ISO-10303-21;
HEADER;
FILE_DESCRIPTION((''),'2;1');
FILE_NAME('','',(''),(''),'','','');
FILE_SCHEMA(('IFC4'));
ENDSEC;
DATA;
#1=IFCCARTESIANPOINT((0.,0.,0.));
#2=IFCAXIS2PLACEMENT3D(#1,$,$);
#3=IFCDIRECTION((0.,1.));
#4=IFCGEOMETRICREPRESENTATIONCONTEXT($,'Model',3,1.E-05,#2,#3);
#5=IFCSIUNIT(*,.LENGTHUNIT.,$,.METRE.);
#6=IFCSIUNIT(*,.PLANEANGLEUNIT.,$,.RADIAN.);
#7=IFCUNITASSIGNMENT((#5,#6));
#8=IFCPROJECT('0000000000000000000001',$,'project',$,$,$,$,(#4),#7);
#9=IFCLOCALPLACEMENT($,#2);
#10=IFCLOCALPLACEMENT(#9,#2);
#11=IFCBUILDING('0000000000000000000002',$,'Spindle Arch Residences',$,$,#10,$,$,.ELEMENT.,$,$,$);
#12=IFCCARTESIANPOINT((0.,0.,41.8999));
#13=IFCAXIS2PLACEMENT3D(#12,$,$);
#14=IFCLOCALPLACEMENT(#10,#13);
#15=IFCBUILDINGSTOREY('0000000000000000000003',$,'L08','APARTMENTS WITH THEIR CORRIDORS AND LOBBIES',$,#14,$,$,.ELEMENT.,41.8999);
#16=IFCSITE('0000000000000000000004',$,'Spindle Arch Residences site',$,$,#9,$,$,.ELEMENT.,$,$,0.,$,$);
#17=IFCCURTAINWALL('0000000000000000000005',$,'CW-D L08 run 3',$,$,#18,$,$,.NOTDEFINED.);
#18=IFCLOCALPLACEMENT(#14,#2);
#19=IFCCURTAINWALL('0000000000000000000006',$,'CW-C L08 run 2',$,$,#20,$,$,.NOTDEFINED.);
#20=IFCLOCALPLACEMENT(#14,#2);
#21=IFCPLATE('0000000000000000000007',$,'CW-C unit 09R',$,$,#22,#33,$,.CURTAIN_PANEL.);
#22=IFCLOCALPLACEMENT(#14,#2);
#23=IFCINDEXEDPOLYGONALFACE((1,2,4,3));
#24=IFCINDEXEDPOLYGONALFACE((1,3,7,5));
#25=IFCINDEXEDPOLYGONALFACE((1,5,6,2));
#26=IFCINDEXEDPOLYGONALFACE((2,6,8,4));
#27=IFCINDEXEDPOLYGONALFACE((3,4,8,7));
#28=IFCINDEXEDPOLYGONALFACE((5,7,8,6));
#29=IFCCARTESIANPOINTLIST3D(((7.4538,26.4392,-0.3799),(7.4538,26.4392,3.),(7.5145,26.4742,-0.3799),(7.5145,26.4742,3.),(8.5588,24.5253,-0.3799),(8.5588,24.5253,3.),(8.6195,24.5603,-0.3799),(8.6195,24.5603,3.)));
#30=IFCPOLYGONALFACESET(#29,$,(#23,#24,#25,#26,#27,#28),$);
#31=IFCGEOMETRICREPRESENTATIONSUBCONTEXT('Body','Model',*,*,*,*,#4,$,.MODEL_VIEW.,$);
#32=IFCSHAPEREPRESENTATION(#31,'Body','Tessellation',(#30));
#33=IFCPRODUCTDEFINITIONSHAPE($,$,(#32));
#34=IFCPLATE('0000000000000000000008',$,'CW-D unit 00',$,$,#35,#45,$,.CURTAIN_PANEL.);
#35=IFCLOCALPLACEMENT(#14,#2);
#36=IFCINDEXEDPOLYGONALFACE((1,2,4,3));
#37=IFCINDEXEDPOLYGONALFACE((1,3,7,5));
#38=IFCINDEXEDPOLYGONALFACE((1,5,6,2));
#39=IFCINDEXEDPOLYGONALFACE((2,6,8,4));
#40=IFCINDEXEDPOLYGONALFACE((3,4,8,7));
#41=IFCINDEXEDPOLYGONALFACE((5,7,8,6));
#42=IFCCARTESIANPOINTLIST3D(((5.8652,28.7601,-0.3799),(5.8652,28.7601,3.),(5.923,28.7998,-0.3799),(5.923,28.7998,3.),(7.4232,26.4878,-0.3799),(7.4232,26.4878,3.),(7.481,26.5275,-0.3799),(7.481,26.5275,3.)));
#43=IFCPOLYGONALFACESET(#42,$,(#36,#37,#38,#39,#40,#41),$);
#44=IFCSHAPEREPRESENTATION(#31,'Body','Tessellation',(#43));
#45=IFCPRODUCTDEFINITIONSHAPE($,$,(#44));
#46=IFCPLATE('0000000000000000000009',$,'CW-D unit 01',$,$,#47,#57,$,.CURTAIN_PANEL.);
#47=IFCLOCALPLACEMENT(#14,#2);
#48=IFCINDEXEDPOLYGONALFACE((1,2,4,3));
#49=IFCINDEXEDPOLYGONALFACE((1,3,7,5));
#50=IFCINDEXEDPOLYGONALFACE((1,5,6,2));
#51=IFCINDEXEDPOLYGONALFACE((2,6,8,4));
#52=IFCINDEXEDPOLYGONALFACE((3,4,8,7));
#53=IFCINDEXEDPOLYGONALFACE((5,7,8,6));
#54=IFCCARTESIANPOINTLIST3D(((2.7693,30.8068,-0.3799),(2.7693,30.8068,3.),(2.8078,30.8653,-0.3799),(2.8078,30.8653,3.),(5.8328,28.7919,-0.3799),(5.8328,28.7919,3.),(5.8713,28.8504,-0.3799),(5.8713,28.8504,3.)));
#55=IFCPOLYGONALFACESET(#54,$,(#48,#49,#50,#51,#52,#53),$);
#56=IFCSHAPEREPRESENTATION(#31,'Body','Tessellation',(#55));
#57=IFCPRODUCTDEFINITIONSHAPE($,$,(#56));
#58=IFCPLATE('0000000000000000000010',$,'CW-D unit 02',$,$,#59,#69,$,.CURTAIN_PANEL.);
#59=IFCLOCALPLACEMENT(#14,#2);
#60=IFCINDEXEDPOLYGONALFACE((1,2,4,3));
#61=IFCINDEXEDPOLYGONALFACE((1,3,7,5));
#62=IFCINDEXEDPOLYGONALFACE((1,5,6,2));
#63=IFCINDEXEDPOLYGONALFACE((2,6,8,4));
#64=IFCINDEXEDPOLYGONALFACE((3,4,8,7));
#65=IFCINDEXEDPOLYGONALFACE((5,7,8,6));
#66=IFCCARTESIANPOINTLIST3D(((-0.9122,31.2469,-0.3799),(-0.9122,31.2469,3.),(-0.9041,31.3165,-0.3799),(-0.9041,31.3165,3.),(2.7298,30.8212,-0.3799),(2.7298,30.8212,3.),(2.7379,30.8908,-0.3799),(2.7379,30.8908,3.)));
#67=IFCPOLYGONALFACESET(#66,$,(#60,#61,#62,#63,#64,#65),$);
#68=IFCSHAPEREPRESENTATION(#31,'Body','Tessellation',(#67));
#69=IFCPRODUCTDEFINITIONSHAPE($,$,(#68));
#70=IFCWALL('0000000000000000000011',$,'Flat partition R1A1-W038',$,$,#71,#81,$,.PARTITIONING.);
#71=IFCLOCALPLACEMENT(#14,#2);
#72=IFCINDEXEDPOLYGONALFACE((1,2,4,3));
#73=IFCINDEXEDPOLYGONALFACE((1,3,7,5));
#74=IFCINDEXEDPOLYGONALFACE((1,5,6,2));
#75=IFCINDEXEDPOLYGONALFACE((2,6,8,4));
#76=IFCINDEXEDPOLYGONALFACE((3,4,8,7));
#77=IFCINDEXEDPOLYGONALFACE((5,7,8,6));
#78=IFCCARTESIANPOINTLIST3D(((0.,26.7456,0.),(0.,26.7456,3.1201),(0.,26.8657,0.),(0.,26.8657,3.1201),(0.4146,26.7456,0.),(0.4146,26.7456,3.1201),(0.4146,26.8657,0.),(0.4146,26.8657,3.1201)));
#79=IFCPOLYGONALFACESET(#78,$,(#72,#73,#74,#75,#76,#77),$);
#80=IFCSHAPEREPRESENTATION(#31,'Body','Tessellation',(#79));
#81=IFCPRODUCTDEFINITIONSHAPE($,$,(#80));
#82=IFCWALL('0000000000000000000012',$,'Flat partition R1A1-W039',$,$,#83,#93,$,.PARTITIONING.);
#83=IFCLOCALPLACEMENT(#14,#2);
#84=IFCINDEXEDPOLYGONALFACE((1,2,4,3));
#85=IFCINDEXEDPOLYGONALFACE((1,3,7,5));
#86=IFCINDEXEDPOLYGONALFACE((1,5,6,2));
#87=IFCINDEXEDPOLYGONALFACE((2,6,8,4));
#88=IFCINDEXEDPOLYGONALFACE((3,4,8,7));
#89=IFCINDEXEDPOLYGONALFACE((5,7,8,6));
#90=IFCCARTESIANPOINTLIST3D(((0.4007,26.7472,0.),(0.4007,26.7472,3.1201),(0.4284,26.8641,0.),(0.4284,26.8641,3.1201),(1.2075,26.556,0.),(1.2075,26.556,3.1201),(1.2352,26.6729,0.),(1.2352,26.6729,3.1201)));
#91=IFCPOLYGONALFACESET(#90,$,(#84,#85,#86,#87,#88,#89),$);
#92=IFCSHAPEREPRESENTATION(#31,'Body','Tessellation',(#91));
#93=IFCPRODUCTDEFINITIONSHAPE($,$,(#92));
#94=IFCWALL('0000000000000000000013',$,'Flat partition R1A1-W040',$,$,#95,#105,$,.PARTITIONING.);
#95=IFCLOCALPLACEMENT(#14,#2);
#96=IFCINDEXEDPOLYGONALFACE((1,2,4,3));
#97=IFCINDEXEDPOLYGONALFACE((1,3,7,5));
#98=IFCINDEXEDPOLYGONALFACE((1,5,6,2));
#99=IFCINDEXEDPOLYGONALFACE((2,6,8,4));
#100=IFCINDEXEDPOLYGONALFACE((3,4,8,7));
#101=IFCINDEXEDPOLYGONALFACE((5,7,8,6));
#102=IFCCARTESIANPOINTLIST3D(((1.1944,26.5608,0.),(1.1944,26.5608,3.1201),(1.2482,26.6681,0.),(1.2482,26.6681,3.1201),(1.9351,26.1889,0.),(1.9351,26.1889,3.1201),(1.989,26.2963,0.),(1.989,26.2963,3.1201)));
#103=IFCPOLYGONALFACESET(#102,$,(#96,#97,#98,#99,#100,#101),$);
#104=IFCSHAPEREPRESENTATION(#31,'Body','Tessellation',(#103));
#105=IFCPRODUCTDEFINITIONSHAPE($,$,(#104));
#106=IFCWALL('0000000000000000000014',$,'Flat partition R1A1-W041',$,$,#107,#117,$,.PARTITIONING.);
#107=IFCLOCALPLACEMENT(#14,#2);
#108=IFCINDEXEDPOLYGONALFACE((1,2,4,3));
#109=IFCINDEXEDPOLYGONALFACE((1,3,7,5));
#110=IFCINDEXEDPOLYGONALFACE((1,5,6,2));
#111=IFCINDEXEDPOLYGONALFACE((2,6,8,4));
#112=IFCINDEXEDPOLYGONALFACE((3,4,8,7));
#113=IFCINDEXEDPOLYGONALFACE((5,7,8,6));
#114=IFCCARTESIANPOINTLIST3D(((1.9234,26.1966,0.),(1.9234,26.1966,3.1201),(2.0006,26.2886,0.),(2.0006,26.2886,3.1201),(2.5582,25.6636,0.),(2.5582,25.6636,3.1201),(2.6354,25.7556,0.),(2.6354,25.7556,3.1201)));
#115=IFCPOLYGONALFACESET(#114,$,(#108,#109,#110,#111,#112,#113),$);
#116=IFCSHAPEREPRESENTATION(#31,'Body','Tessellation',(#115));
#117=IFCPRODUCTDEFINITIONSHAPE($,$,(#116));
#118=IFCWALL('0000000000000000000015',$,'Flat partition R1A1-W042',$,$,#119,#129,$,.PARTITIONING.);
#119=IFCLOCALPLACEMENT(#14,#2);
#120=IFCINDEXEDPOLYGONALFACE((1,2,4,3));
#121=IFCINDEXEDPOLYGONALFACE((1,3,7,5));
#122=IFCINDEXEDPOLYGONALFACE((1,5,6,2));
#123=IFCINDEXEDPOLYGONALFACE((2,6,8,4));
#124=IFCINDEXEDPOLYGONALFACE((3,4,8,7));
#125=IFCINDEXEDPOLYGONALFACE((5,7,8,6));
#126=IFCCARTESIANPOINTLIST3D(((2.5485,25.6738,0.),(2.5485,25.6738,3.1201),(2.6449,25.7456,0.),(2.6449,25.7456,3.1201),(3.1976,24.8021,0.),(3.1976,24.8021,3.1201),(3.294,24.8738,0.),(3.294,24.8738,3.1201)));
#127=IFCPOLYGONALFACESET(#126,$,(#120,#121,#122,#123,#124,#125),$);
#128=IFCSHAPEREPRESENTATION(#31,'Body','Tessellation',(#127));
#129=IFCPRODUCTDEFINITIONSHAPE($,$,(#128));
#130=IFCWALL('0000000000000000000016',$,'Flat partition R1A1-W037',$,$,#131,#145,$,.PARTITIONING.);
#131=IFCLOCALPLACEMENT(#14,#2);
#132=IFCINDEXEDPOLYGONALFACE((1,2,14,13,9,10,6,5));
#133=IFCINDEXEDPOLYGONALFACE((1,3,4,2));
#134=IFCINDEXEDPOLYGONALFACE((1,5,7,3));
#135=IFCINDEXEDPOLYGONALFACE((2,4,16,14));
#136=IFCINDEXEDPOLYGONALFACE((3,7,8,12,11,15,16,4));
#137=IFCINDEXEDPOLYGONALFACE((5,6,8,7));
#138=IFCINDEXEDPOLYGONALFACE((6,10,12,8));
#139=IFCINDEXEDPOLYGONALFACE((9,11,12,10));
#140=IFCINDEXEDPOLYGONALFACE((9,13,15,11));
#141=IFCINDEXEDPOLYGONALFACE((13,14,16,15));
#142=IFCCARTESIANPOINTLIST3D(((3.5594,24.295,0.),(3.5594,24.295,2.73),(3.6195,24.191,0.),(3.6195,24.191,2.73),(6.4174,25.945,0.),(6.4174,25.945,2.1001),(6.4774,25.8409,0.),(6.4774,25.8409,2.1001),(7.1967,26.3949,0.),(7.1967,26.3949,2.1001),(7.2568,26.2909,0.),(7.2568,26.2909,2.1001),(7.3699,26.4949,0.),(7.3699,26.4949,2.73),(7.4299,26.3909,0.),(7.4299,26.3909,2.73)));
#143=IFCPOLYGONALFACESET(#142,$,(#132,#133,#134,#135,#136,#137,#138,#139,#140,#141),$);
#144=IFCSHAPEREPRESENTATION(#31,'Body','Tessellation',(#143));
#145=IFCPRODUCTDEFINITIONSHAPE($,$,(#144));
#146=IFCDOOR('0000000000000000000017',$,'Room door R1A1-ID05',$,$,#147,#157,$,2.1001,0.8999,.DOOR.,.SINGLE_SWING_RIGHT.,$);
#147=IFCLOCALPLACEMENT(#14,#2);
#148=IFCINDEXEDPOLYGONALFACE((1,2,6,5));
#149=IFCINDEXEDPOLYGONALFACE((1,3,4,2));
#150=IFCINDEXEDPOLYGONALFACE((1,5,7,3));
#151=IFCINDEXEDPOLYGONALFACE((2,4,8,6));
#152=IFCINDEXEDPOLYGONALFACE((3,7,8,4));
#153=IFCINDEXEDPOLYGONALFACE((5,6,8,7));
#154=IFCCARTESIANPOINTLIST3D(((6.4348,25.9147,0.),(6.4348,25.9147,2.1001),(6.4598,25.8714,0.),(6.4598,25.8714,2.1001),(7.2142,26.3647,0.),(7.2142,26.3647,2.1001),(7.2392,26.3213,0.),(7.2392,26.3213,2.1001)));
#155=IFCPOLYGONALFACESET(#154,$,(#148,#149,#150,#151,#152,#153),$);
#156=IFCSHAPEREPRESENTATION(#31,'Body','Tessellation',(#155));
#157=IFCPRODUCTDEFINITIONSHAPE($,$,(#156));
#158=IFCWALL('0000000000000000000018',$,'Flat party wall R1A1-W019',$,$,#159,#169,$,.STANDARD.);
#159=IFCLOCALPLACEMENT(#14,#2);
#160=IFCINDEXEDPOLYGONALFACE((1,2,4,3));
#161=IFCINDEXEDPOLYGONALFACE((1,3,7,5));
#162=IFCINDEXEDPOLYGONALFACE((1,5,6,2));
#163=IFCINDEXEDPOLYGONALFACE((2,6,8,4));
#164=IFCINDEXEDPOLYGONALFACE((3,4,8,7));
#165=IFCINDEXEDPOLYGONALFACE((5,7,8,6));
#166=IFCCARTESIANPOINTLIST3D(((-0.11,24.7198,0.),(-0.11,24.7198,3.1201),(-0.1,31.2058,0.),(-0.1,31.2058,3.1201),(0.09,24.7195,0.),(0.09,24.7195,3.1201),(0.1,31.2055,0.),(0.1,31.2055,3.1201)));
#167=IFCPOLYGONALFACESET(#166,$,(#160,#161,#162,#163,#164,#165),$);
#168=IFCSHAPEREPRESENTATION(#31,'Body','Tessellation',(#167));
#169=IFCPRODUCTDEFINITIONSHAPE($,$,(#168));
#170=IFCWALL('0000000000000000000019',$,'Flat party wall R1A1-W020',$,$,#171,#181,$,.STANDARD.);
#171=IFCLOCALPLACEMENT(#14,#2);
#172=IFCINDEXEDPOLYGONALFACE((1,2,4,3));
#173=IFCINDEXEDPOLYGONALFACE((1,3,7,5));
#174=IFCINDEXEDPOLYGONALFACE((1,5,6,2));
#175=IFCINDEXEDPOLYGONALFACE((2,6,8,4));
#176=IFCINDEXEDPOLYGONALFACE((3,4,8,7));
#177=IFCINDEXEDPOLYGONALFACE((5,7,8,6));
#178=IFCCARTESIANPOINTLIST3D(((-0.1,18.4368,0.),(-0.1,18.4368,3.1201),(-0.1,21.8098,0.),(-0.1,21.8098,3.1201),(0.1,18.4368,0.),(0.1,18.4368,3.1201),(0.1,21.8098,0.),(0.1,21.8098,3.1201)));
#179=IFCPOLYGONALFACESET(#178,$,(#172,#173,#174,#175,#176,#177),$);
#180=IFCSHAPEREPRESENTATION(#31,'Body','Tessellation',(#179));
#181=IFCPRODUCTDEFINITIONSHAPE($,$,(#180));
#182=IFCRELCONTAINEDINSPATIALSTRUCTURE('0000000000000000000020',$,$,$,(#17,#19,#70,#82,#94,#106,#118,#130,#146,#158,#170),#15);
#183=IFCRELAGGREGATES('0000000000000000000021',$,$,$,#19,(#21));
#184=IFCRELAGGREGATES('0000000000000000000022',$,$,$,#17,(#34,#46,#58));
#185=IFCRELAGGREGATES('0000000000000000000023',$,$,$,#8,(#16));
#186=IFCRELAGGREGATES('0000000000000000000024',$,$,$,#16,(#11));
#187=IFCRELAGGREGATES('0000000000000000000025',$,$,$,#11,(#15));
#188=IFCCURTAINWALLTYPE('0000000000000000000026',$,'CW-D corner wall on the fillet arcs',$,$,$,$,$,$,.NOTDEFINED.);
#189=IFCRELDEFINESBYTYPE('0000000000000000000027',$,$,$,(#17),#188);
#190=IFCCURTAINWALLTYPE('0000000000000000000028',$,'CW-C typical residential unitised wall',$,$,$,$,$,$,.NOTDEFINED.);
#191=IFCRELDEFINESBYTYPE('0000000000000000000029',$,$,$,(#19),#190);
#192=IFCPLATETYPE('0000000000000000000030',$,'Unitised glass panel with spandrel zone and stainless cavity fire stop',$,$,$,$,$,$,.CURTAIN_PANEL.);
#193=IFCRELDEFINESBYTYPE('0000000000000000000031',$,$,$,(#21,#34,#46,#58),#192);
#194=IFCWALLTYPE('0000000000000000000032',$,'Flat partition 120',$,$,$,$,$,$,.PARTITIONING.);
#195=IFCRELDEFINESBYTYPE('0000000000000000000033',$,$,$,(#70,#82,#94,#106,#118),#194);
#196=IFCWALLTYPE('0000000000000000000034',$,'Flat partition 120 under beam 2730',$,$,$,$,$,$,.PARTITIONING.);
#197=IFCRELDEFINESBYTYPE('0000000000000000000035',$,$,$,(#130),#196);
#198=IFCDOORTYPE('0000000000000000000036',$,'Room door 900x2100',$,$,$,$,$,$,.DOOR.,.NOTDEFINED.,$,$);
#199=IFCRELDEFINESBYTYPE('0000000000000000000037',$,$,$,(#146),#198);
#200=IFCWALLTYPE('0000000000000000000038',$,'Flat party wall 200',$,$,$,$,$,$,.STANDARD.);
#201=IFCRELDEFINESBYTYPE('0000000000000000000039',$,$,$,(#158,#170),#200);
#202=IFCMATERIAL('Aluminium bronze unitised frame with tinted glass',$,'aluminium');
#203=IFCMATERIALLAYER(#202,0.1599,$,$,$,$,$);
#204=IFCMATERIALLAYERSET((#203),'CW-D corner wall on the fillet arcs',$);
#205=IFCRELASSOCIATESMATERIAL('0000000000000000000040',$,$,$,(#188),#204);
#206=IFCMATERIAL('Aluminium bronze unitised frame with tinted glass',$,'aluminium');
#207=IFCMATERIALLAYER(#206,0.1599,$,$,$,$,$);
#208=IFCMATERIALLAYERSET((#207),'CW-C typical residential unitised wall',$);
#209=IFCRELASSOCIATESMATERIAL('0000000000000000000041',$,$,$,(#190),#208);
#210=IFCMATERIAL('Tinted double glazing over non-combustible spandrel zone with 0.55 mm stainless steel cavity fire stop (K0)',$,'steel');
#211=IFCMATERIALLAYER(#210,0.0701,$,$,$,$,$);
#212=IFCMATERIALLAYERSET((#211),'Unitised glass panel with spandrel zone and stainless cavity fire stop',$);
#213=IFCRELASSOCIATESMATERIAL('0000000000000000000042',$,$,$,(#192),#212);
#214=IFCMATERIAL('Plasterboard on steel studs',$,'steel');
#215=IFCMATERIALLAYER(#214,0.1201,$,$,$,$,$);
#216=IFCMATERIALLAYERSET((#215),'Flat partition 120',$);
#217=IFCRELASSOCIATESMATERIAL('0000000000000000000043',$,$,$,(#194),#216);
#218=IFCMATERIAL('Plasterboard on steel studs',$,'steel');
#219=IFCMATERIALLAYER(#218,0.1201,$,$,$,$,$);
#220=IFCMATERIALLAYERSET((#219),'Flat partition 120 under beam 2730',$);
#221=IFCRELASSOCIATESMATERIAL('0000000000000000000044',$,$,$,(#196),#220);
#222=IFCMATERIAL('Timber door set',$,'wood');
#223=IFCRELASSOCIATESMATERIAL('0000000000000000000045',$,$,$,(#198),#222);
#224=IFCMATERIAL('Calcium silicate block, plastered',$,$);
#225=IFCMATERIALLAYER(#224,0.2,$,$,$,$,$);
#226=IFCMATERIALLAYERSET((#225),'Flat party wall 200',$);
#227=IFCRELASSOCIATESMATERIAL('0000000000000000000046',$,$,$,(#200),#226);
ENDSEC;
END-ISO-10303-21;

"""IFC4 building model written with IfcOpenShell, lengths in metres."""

from ifc_helpers import new_model, si_unit, direction, frame, frame_2d, origin, origin_2d, place, context, subcontext, project, spatial, rectangle, extrude, material, layer, layer_set, type_object, element, fill, aggregate, save


model = new_model("IFC4")

# Units and contexts
model_context = context("Model", 3, precision=1e-05, world=origin(), true_north=direction((0.0, 1.0)))
body_context = subcontext(model_context, "Body", "Model", "MODEL_VIEW")
ifc_project = project(units=[si_unit("LENGTHUNIT", "METRE"), si_unit("PLANEANGLEUNIT", "RADIAN")], contexts=[model_context])

# Site, building, storey
site_placement = place(None, origin())
site = spatial("IfcSite", under=ifc_project, at=site_placement, Name="Spindle Arch Residences site", CompositionType="ELEMENT", RefElevation=0.0)
building_placement = place(site_placement, origin())
building = spatial("IfcBuilding", under=site, at=building_placement, Name="Spindle Arch Residences", CompositionType="ELEMENT")
storey_placement = place(building_placement, frame((0.0, 0.0, 41.8999)))
storey = spatial("IfcBuildingStorey", under=building, at=storey_placement, Name="L08", Description="APARTMENTS WITH THEIR CORRIDORS AND LOBBIES", CompositionType="ELEMENT", Elevation=41.8999)

# Curtain wall
ifc_material_1 = material(Name="Aluminium bronze unitised frame with tinted glass", Category="aluminium")
ifc_layer_1 = layer(ifc_material_1, 0.1599)
ifc_layer_set_1 = layer_set([ifc_layer_1], Name="CW-D corner wall on the fillet arcs")
curtain_wall_type_1 = type_object("IfcCurtainWallType", Name="CW-D corner wall on the fillet arcs", PredefinedType="NOTDEFINED", material=ifc_layer_set_1)
curtain_wall_1_placement = place(storey_placement, origin())
curtain_wall_1 = element("IfcCurtainWall", 1, at=curtain_wall_1_placement, inside=storey, type_object=curtain_wall_type_1, Name="CW-D L08 run 3", PredefinedType="NOTDEFINED")

# Curtain wall, plate
ifc_material_2 = material(Name="Aluminium bronze unitised frame with tinted glass", Category="aluminium")
ifc_layer_2 = layer(ifc_material_2, 0.1599)
ifc_layer_set_2 = layer_set([ifc_layer_2], Name="CW-C typical residential unitised wall")
curtain_wall_type_2 = type_object("IfcCurtainWallType", Name="CW-C typical residential unitised wall", PredefinedType="NOTDEFINED", material=ifc_layer_set_2)
curtain_wall_2_placement = place(storey_placement, origin())
curtain_wall_2 = element("IfcCurtainWall", 2, at=curtain_wall_2_placement, inside=storey, type_object=curtain_wall_type_2, Name="CW-C L08 run 2", PredefinedType="NOTDEFINED")
ifc_material_3 = material(Name="Tinted double glazing over non-combustible spandrel zone with 0.55 mm stainless steel cavity fire stop (K0)", Category="steel")
ifc_layer_3 = layer(ifc_material_3, 0.0701)
ifc_layer_set_3 = layer_set([ifc_layer_3], Name="Unitised glass panel with spandrel zone and stainless cavity fire stop")
plate_type = type_object("IfcPlateType", Name="Unitised glass panel with spandrel zone and stainless cavity fire stop", PredefinedType="CURTAIN_PANEL", material=ifc_layer_set_3)
plate_1_placement = place(storey_placement, frame((8.0366, 25.4998, -0.3799), z_axis=(0.0, 0.0, 1.0), x_axis=(-0.5, 0.866025, 0.0)))
plate_1 = element("IfcPlate", 3, at=plate_1_placement, type_object=plate_type, Name="CW-C unit 09R", PredefinedType="CURTAIN_PANEL", context=body_context, shape_type="SweptSolid", body=[
    extrude(rectangle(XDim=2.21, YDim=0.0701, at=origin_2d()), origin(), (0.0, 0.0, 1.0), 3.3799),
])
aggregate(curtain_wall_2, [plate_1])

# Plates
plate_2_placement = place(storey_placement, frame((6.6731, 27.6438, -0.3799), z_axis=(0.0, 0.0, 1.0), x_axis=(-0.565501, 0.824748, 0.0)))
plate_2 = element("IfcPlate", 4, at=plate_2_placement, type_object=plate_type, Name="CW-D unit 00", PredefinedType="CURTAIN_PANEL", context=body_context, shape_type="SweptSolid", body=[
    extrude(rectangle(XDim=2.7551, YDim=0.0701, at=origin_2d()), origin(), (0.0, 0.0, 1.0), 3.3799),
])
plate_3_placement = place(storey_placement, frame((4.3203, 29.8286, -0.3799), z_axis=(0.0, 0.0, 1.0), x_axis=(-0.835488, 0.549509, 0.0)))
plate_3 = element("IfcPlate", 5, at=plate_3_placement, type_object=plate_type, Name="CW-D unit 01", PredefinedType="CURTAIN_PANEL", context=body_context, shape_type="SweptSolid", body=[
    extrude(rectangle(XDim=3.6667, YDim=0.0701, at=origin_2d()), origin(), (0.0, 0.0, 1.0), 3.3799),
])
plate_4_placement = place(storey_placement, frame((0.9128, 31.0688, -0.3799), z_axis=(0.0, 0.0, 1.0), x_axis=(-0.993238, 0.116093, 0.0)))
plate_4 = element("IfcPlate", 6, at=plate_4_placement, type_object=plate_type, Name="CW-D unit 02", PredefinedType="CURTAIN_PANEL", context=body_context, shape_type="SweptSolid", body=[
    extrude(rectangle(XDim=3.6667, YDim=0.0701, at=origin_2d()), origin(), (0.0, 0.0, 1.0), 3.3799),
])
aggregate(curtain_wall_1, [plate_2, plate_3, plate_4])

# Walls
ifc_material_4 = material(Name="Plasterboard on steel studs", Category="steel")
ifc_layer_4 = layer(ifc_material_4, 0.1201)
ifc_layer_set_4 = layer_set([ifc_layer_4], Name="Flat partition 120")
wall_type_1 = type_object("IfcWallType", Name="Flat partition 120", PredefinedType="PARTITIONING", material=ifc_layer_set_4)
wall_1_placement = place(storey_placement, frame((0.0, 26.8057, 0.0), z_axis=(0.0, 0.0, 1.0), x_axis=(1.0, 0.0, 0.0)))
element("IfcWall", 7, at=wall_1_placement, inside=storey, type_object=wall_type_1, Name="Flat partition R1A1-W038", PredefinedType="PARTITIONING", context=body_context, shape_type="SweptSolid", body=[
    extrude(rectangle(XDim=0.4146, YDim=0.1201, at=frame_2d((0.2073, 0.0))), origin(), (0.0, 0.0, 1.0), 3.1201),
])
wall_2_placement = place(storey_placement, frame((0.4146, 26.8057, 0.0), z_axis=(0.0, 0.0, 1.0), x_axis=(0.973049, -0.230598, 0.0)))
element("IfcWall", 8, at=wall_2_placement, inside=storey, type_object=wall_type_1, Name="Flat partition R1A1-W039", PredefinedType="PARTITIONING", context=body_context, shape_type="SweptSolid", body=[
    extrude(rectangle(XDim=0.8291, YDim=0.1201, at=frame_2d((0.4146, 0.0))), origin(), (0.0, 0.0, 1.0), 3.1201),
])
for number, where, z_axis, x_axis, name in (
    (9, (1.2212, 26.6145, 0.0), (0.0, 0.0, 1.0), (0.893719, -0.448627, 0.0), "Flat partition R1A1-W040"),
    (10, (1.9619, 26.2427, 0.0), (0.0, 0.0, 1.0), (0.76585, -0.643019, 0.0), "Flat partition R1A1-W041"),
):
    element("IfcWall", number, at=place(storey_placement, frame(where, z_axis=z_axis, x_axis=x_axis)), inside=storey, type_object=wall_type_1, Name=name, PredefinedType="PARTITIONING", context=body_context, shape_type="SweptSolid", body=[
        extrude(rectangle(XDim=0.8289, YDim=0.1201, at=frame_2d((0.4146, 0.0))), origin(), (0.0, 0.0, 1.0), 3.1201),
    ])
wall_3_placement = place(storey_placement, frame((2.5967, 25.7097, 0.0), z_axis=(0.0, 0.0, 1.0), x_axis=(0.597229, -0.802071, 0.0)))
element("IfcWall", 11, at=wall_3_placement, inside=storey, type_object=wall_type_1, Name="Flat partition R1A1-W042", PredefinedType="PARTITIONING", context=body_context, shape_type="SweptSolid", body=[
    extrude(rectangle(XDim=1.0869, YDim=0.1201, at=frame_2d((0.5435, 0.0))), origin(), (0.0, 0.0, 1.0), 3.1201),
])

# Wall, opening, door
ifc_material_5 = material(Name="Plasterboard on steel studs", Category="steel")
ifc_layer_5 = layer(ifc_material_5, 0.1201)
ifc_layer_set_5 = layer_set([ifc_layer_5], Name="Flat partition 120 under beam 2730")
wall_type_2 = type_object("IfcWallType", Name="Flat partition 120 under beam 2730", PredefinedType="PARTITIONING", material=ifc_layer_set_5)
wall_4_placement = place(storey_placement, frame((7.3999, 26.4429, 0.0), z_axis=(0.0, 0.0, 1.0), x_axis=(-0.866032, -0.499988, 0.0)))
wall_4 = element("IfcWall", 12, at=wall_4_placement, inside=storey, type_object=wall_type_2, Name="Flat partition R1A1-W037", PredefinedType="PARTITIONING", context=body_context, shape_type="SweptSolid", body=[
    extrude(rectangle(XDim=4.3999, YDim=0.1201, at=frame_2d((2.2, 0.0))), origin(), (0.0, 0.0, 1.0), 2.73),
])
opening_1_placement = place(wall_4_placement, frame((0.2, 0.0, 0.0)))
opening_1 = element("IfcOpeningElement", 13, at=opening_1_placement, cuts=wall_4, PredefinedType="OPENING", context=body_context, shape_type="SweptSolid", body=[
    extrude(rectangle(XDim=0.8999, YDim=2.1001, at=frame_2d((0.45, 1.05))), frame((0.0, 0.0701, 0.0), z_axis=(0.0, -1.0, 0.0), x_axis=(1.0, 0.0, 0.0)), (0.0, 0.0, 1.0), 0.1401),
])
ifc_material_6 = material(Name="Timber door set", Category="wood")
door_type_1 = type_object("IfcDoorType", Name="Room door 900x2100", OperationType="NOTDEFINED", PredefinedType="DOOR", material=ifc_material_6)
door_1_placement = place(opening_1_placement, origin())
door_1 = element("IfcDoor", 14, at=door_1_placement, inside=storey, type_object=door_type_1, Name="Room door R1A1-ID05", OperationType="SINGLE_SWING_RIGHT", OverallHeight=2.1001, OverallWidth=0.8999, PredefinedType="DOOR", context=body_context, shape_type="SweptSolid", body=[
    extrude(rectangle(XDim=0.8999, YDim=2.1001, at=frame_2d((0.45, 1.05))), frame((0.0, 0.0249, 0.0), z_axis=(0.0, -1.0, 0.0), x_axis=(1.0, 0.0, 0.0)), (0.0, 0.0, 1.0), 0.05),
])
fill(opening_1, door_1)

# Walls
ifc_material_7 = material(Name="Calcium silicate block, plastered")
ifc_layer_6 = layer(ifc_material_7, 0.2)
ifc_layer_set_6 = layer_set([ifc_layer_6], Name="Flat party wall 200")
wall_type_3 = type_object("IfcWallType", Name="Flat party wall 200", PredefinedType="STANDARD", material=ifc_layer_set_6)
wall_5_placement = place(storey_placement, frame((0.0, 31.2058, 0.0), z_axis=(0.0, 0.0, 1.0), x_axis=(-0.001543, -0.999999, 0.0)))
element("IfcWall", 15, at=wall_5_placement, inside=storey, type_object=wall_type_3, Name="Flat party wall R1A1-W019", PredefinedType="STANDARD", context=body_context, shape_type="SweptSolid", body=[
    extrude(rectangle(XDim=6.4861, YDim=0.2, at=frame_2d((3.2432, 0.0))), origin(), (0.0, 0.0, 1.0), 3.1201),
])
wall_6_placement = place(storey_placement, frame((0.0, 21.8098, 0.0), z_axis=(0.0, 0.0, 1.0), x_axis=(0.0, -1.0, 0.0)))
element("IfcWall", 16, at=wall_6_placement, inside=storey, type_object=wall_type_3, Name="Flat party wall R1A1-W020", PredefinedType="STANDARD", context=body_context, shape_type="SweptSolid", body=[
    extrude(rectangle(XDim=3.373, YDim=0.2, at=frame_2d((1.6865, 0.0))), origin(), (0.0, 0.0, 1.0), 3.1201),
])

save(model, "model.ifc")
